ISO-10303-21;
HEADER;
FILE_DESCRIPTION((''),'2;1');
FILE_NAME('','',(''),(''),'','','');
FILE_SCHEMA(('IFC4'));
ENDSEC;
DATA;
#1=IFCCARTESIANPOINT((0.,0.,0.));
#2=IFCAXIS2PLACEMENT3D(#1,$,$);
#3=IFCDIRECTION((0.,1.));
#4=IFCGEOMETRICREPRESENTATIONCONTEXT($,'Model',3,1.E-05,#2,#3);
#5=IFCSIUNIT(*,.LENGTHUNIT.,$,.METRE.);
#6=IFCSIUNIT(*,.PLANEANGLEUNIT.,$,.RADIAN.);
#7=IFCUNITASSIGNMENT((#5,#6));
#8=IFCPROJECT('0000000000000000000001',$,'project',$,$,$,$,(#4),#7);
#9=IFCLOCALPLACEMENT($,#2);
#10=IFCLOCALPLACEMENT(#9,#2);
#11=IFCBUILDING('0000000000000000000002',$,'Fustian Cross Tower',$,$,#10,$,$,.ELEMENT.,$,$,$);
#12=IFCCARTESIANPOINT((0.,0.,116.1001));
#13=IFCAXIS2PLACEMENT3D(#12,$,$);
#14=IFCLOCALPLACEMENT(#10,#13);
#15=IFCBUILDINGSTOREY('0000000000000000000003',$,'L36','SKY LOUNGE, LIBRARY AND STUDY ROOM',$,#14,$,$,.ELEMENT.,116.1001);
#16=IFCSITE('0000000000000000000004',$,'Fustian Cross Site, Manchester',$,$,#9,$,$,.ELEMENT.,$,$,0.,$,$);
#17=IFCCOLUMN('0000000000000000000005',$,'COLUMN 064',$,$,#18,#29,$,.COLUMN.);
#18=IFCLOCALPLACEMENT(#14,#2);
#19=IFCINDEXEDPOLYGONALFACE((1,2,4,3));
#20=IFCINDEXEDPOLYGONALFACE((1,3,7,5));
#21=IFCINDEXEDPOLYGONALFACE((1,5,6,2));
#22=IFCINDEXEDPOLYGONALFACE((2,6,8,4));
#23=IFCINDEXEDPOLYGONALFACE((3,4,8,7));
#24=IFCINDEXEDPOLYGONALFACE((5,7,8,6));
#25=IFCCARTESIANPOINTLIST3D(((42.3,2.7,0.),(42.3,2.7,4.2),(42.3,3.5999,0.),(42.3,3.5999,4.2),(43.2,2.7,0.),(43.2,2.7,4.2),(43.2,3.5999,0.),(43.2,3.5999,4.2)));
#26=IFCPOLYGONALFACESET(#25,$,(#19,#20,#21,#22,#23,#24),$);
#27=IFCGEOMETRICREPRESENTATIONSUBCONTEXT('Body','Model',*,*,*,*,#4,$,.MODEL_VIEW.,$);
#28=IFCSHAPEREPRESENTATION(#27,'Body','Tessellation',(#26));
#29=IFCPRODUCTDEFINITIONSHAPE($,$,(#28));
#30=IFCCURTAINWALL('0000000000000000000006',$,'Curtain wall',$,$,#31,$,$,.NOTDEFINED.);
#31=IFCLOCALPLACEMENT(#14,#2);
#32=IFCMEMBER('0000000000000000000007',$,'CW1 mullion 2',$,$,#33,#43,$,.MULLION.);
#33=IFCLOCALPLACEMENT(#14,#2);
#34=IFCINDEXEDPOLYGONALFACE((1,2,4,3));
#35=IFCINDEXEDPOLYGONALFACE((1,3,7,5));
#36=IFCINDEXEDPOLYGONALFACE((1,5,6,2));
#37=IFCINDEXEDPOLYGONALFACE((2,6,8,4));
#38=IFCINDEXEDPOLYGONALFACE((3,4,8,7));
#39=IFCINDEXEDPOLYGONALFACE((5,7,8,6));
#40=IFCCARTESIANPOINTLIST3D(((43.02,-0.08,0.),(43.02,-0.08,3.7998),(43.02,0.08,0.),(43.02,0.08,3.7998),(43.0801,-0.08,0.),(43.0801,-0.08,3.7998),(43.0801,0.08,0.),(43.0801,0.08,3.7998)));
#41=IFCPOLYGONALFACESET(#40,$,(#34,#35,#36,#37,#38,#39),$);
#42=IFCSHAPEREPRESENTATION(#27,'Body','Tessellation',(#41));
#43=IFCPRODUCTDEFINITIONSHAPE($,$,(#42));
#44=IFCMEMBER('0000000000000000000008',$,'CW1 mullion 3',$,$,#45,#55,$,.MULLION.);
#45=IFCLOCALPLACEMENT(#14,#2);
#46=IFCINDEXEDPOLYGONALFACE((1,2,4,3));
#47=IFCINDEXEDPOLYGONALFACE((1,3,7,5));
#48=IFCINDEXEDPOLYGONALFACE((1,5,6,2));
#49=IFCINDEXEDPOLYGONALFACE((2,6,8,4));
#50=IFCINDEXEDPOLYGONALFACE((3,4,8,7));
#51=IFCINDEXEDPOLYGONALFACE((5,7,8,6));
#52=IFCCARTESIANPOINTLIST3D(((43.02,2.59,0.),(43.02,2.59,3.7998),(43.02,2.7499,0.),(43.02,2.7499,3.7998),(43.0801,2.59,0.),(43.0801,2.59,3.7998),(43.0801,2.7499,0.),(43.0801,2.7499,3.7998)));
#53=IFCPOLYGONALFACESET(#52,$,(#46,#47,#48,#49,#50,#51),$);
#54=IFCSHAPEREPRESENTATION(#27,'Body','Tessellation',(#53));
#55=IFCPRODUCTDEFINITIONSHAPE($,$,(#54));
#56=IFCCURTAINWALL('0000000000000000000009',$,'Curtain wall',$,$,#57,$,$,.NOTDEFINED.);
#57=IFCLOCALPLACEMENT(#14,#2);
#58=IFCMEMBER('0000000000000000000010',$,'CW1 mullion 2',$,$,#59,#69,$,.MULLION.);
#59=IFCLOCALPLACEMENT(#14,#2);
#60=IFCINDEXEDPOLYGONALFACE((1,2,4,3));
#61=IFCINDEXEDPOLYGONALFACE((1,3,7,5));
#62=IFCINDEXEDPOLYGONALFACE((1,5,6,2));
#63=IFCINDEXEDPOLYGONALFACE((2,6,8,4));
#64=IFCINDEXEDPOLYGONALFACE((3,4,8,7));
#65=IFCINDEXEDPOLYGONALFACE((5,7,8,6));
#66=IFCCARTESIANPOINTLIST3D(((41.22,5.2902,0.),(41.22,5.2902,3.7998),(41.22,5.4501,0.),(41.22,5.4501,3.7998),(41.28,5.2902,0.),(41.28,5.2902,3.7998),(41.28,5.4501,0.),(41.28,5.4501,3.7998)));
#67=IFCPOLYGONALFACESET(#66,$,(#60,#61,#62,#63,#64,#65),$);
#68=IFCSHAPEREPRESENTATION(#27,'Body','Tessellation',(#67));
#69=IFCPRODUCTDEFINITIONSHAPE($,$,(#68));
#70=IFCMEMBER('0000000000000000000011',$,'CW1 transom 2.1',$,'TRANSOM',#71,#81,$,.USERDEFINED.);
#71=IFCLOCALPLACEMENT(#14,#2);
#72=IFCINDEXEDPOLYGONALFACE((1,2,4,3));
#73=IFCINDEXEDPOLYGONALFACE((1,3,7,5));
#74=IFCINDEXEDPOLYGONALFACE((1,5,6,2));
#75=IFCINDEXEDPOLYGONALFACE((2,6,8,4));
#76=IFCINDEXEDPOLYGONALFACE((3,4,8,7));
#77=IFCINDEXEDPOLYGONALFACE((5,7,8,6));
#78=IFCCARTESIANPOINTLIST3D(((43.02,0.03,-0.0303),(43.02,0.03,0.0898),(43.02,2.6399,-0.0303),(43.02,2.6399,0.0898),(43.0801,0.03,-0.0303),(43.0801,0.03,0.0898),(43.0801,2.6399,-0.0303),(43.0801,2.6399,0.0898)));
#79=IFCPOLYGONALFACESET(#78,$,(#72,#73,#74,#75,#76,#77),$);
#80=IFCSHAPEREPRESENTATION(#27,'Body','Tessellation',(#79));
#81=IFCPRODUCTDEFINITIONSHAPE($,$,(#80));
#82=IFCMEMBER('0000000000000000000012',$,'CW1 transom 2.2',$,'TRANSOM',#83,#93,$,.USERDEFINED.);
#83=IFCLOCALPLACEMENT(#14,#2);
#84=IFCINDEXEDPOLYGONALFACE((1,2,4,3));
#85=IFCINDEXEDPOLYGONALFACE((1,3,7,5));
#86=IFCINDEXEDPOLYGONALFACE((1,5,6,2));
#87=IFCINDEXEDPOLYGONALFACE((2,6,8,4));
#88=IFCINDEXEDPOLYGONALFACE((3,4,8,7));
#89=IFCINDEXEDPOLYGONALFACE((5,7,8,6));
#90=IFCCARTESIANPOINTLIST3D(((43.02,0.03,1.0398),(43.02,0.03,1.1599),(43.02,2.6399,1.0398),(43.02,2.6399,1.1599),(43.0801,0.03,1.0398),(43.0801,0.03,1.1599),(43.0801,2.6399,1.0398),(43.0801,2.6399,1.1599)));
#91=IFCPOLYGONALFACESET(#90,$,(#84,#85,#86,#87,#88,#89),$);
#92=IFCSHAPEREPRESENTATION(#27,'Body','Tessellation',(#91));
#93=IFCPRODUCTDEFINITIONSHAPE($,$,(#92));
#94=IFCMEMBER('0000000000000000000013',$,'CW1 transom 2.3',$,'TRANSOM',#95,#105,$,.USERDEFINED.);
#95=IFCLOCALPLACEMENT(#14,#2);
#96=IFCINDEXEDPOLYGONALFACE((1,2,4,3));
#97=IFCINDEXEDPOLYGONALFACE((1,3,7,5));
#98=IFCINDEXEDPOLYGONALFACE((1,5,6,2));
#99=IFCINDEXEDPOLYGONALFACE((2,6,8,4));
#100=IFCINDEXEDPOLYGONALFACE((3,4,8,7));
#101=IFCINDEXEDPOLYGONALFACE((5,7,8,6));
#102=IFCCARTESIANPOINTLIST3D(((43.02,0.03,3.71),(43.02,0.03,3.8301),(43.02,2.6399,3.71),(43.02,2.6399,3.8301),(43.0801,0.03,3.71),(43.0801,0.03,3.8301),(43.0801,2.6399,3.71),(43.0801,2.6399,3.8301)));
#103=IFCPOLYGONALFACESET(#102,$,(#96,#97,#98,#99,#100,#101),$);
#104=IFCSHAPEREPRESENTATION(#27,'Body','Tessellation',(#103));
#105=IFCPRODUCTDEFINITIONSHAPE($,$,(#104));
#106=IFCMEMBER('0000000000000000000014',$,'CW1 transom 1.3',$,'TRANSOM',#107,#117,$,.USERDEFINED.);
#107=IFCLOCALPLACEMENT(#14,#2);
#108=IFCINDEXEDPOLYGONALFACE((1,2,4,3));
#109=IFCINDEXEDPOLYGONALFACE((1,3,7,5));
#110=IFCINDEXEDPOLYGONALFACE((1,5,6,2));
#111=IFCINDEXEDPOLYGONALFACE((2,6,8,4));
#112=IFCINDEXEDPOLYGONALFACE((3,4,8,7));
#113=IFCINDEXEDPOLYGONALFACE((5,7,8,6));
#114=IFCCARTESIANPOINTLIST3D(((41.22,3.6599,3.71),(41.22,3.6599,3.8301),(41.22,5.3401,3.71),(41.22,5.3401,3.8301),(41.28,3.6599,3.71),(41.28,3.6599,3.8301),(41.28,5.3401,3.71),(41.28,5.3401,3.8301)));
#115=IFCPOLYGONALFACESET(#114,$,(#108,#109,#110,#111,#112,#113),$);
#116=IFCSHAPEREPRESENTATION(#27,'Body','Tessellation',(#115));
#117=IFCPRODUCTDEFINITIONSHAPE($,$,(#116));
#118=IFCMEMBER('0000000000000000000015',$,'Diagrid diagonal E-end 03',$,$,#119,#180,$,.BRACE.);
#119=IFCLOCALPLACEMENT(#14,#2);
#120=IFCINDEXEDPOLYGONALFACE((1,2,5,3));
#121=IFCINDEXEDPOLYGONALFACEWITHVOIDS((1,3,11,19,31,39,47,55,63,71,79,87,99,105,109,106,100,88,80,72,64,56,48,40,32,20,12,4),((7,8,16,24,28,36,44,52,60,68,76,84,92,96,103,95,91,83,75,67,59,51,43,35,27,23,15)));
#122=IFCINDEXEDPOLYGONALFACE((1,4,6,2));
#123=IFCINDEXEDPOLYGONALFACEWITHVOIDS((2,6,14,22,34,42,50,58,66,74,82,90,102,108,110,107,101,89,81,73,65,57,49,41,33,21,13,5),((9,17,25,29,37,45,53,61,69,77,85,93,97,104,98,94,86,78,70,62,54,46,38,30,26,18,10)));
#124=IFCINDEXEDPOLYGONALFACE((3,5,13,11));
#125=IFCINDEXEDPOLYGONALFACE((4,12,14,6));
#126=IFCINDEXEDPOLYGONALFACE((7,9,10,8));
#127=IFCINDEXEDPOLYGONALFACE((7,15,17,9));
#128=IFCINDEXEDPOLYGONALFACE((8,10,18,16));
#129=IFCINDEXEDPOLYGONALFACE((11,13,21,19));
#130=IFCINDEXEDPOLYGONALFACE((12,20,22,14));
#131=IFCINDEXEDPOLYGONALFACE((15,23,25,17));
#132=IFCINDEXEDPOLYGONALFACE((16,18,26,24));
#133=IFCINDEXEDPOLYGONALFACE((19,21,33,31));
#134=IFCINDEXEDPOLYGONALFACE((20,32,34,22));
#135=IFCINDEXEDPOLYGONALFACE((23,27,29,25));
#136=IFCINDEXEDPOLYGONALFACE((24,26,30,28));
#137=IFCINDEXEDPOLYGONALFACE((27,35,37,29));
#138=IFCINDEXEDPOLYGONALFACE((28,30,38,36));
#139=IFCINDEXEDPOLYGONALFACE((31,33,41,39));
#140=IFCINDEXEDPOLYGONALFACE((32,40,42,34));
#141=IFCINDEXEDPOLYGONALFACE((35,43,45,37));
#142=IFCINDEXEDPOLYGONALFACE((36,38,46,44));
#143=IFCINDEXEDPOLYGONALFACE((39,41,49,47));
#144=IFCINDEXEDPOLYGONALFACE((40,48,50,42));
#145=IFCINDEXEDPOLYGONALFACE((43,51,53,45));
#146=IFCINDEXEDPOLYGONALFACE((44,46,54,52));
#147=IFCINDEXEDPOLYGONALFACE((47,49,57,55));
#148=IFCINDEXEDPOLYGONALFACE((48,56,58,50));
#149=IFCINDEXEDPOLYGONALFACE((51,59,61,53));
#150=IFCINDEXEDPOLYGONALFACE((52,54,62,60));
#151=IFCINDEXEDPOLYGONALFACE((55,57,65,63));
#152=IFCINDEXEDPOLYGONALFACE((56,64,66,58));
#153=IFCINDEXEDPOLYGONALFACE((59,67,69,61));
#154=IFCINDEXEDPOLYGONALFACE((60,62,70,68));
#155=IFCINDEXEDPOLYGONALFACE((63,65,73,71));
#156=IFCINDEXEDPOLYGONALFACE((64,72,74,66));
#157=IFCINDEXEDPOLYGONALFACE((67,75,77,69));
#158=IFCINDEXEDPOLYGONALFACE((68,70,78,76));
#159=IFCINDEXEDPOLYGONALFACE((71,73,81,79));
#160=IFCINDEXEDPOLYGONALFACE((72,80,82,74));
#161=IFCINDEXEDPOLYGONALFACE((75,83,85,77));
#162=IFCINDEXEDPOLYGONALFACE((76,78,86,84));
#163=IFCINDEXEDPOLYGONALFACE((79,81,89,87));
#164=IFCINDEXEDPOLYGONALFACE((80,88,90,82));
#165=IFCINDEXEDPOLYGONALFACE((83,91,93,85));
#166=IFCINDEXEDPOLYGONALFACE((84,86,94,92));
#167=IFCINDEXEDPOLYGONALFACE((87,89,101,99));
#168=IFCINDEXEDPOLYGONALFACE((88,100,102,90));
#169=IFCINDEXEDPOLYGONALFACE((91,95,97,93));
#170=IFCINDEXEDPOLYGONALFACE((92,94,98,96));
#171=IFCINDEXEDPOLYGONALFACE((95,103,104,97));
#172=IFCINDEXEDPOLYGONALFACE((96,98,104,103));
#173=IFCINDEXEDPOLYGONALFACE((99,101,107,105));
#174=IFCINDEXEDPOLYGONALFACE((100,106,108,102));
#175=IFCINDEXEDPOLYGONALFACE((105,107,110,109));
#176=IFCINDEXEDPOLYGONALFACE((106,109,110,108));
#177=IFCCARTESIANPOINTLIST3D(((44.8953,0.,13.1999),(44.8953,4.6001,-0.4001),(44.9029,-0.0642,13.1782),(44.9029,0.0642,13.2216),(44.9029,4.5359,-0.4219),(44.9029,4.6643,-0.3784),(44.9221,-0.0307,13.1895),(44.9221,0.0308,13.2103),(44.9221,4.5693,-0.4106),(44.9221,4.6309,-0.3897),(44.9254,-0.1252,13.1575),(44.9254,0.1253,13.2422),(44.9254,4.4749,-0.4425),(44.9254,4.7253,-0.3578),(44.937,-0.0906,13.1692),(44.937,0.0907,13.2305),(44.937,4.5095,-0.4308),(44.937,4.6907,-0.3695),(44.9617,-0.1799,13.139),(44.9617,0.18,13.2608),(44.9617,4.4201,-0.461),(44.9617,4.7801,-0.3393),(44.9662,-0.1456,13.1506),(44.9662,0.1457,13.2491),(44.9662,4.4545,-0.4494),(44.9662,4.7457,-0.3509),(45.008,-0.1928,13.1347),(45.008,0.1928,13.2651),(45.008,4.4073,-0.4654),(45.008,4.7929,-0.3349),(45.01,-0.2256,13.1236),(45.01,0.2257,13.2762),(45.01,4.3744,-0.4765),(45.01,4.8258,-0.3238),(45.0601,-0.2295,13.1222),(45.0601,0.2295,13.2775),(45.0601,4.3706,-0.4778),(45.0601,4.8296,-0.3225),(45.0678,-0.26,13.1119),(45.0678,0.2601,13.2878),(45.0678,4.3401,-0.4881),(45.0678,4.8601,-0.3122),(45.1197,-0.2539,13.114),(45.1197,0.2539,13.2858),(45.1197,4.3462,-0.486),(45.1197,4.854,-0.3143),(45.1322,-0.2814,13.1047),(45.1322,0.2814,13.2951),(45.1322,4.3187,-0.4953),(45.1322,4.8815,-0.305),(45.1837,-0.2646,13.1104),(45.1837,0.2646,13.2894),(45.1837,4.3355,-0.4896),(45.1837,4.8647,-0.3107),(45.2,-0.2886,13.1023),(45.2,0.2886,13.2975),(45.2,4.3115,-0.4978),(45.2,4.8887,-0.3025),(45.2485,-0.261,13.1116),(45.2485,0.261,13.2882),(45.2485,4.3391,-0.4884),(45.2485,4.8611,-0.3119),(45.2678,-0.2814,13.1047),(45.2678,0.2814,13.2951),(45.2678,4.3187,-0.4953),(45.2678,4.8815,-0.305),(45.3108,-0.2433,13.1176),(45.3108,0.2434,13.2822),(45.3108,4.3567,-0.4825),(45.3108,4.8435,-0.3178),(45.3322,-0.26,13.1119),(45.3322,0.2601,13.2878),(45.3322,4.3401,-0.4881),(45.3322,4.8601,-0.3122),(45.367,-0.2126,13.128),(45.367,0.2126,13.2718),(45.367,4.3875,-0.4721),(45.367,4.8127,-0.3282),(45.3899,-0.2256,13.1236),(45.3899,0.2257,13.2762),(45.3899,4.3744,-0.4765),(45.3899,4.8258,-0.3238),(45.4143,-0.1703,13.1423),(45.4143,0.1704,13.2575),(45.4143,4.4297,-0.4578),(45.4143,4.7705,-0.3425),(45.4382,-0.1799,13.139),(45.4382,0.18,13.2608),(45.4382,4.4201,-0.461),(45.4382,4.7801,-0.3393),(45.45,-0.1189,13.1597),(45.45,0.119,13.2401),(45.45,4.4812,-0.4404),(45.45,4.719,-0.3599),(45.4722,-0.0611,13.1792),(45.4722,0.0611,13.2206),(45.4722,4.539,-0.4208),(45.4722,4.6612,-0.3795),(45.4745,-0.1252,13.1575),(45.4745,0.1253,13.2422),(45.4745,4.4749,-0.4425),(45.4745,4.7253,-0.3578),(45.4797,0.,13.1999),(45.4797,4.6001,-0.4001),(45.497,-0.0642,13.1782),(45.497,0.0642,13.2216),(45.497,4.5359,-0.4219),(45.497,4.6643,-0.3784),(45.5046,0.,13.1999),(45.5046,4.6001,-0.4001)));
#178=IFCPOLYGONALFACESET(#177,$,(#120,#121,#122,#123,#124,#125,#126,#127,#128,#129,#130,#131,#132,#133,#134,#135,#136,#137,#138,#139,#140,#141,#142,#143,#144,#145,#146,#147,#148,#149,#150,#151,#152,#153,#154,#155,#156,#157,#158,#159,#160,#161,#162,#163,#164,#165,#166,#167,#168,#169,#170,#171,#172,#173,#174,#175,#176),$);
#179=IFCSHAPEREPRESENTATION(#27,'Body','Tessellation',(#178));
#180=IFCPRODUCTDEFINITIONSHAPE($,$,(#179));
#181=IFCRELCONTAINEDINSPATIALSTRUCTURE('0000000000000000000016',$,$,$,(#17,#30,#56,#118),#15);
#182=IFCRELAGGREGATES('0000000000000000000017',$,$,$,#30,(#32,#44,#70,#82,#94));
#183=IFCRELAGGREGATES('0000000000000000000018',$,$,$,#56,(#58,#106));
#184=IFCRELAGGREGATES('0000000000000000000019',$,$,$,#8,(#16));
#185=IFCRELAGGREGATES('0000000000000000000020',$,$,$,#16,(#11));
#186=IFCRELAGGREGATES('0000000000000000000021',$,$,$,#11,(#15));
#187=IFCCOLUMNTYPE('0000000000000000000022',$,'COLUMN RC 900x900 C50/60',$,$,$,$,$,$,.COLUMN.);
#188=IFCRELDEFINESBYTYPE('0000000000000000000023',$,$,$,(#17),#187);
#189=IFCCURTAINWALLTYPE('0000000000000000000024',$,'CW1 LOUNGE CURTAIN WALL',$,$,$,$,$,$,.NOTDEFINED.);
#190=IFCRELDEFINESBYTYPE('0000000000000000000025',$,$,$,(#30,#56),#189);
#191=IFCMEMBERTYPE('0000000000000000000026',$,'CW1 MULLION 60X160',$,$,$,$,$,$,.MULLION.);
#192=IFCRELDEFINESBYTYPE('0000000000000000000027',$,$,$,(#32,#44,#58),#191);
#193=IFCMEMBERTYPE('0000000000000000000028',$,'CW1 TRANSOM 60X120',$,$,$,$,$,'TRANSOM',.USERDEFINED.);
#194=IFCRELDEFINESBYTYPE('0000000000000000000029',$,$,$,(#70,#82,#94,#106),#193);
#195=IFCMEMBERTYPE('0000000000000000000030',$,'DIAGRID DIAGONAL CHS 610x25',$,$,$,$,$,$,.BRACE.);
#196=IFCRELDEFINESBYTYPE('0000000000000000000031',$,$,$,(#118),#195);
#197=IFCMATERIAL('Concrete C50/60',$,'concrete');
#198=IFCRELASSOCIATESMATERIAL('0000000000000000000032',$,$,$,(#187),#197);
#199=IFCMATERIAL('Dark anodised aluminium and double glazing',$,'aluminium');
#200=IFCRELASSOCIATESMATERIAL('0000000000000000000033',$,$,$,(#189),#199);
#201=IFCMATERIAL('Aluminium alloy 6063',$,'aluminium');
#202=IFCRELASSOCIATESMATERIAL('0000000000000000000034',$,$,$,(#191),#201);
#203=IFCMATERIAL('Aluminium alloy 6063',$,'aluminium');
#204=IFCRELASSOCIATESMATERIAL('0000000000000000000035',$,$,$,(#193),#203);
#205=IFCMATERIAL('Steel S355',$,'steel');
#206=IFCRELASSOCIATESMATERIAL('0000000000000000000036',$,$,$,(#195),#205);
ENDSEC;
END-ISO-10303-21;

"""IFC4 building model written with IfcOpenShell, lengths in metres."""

from ifc_helpers import new_model, si_unit, direction, frame, origin, origin_2d, place, context, subcontext, project, spatial, rectangle, hollow_circle, extrude, material, material_profile, profile_set, type_object, element, aggregate, save


model = new_model("IFC4")

# Units and contexts
model_context = context("Model", 3, precision=1e-05, world=origin(), true_north=direction((0.0, 1.0)))
body_context = subcontext(model_context, "Body", "Model", "MODEL_VIEW")
ifc_project = project(units=[si_unit("LENGTHUNIT", "METRE"), si_unit("PLANEANGLEUNIT", "RADIAN")], contexts=[model_context])

# Site, building, storey
site_placement = place(None, origin())
site = spatial("IfcSite", under=ifc_project, at=site_placement, Name="Fustian Cross Site, Manchester", CompositionType="ELEMENT", RefElevation=0.0)
building_placement = place(site_placement, origin())
building = spatial("IfcBuilding", under=site, at=building_placement, Name="Fustian Cross Tower", CompositionType="ELEMENT")
storey_placement = place(building_placement, frame((0.0, 0.0, 116.1001)))
storey = spatial("IfcBuildingStorey", under=building, at=storey_placement, Name="L36", Description="SKY LOUNGE, LIBRARY AND STUDY ROOM", CompositionType="ELEMENT", Elevation=116.1001)

# Column
ifc_material_1 = material(Name="Concrete C50/60", Category="concrete")
ifc_material_profile_1 = material_profile(ifc_material_1, rectangle(XDim=0.8999, YDim=0.8999, at=origin_2d()), Name="RC 900x900")
ifc_profile_set_1 = profile_set([ifc_material_profile_1], Name="Concrete C50/60")
column_type = type_object("IfcColumnType", Name="COLUMN RC 900x900 C50/60", PredefinedType="COLUMN", material=ifc_profile_set_1)
column_placement = place(storey_placement, frame((42.75, 3.1499, 0.0), z_axis=(0.0, 0.0, 1.0), x_axis=(1.0, 0.0, 0.0)))
element("IfcColumn", 1, at=column_placement, inside=storey, type_object=column_type, Name="COLUMN 064", PredefinedType="COLUMN", context=body_context, shape_type="SweptSolid", body=[
    extrude(rectangle(XDim=0.8999, YDim=0.8999, at=origin_2d()), origin(), (0.0, 0.0, 1.0), 4.2),
])

# Curtain wall, members
ifc_material_2 = material(Name="Dark anodised aluminium and double glazing", Category="aluminium")
curtain_wall_type = type_object("IfcCurtainWallType", Name="CW1 LOUNGE CURTAIN WALL", PredefinedType="NOTDEFINED", material=ifc_material_2)
curtain_wall_1_placement = place(storey_placement, origin())
curtain_wall_1 = element("IfcCurtainWall", 2, at=curtain_wall_1_placement, inside=storey, type_object=curtain_wall_type, Name="Curtain wall", PredefinedType="NOTDEFINED")
ifc_material_3 = material(Name="Aluminium alloy 6063", Category="aluminium")
ifc_material_profile_2 = material_profile(ifc_material_3, rectangle(XDim=0.0601, YDim=0.1599, at=origin_2d()), Name="CW1 MULLION 60X160")
ifc_profile_set_2 = profile_set([ifc_material_profile_2], Name="Aluminium alloy 6063")
member_type_1 = type_object("IfcMemberType", Name="CW1 MULLION 60X160", PredefinedType="MULLION", material=ifc_profile_set_2)
member_1_placement = place(storey_placement, frame((43.05, 0.0, 0.0), z_axis=(0.0, 0.0, 1.0), x_axis=(-1.0, 0.0, 0.0)))
member_1 = element("IfcMember", 3, at=member_1_placement, type_object=member_type_1, Name="CW1 mullion 2", PredefinedType="MULLION", context=body_context, shape_type="SweptSolid", body=[
    extrude(rectangle(XDim=0.0601, YDim=0.1599, at=origin_2d()), origin(), (0.0, 0.0, 1.0), 3.7998),
])
member_2_placement = place(storey_placement, frame((43.05, 2.6699, 0.0), z_axis=(0.0, 0.0, 1.0), x_axis=(-1.0, 0.0, 0.0)))
member_2 = element("IfcMember", 4, at=member_2_placement, type_object=member_type_1, Name="CW1 mullion 3", PredefinedType="MULLION", context=body_context, shape_type="SweptSolid", body=[
    extrude(rectangle(XDim=0.0601, YDim=0.1599, at=origin_2d()), origin(), (0.0, 0.0, 1.0), 3.7998),
])

# Curtain wall, member
curtain_wall_2_placement = place(storey_placement, origin())
curtain_wall_2 = element("IfcCurtainWall", 5, at=curtain_wall_2_placement, inside=storey, type_object=curtain_wall_type, Name="Curtain wall", PredefinedType="NOTDEFINED")
member_3_placement = place(storey_placement, frame((41.25, 5.3701, 0.0), z_axis=(0.0, 0.0, 1.0), x_axis=(-1.0, 0.0, 0.0)))
member_3 = element("IfcMember", 6, at=member_3_placement, type_object=member_type_1, Name="CW1 mullion 2", PredefinedType="MULLION", context=body_context, shape_type="SweptSolid", body=[
    extrude(rectangle(XDim=0.0601, YDim=0.1599, at=origin_2d()), origin(), (0.0, 0.0, 1.0), 3.7998),
])

# Members
ifc_material_4 = material(Name="Aluminium alloy 6063", Category="aluminium")
ifc_material_profile_3 = material_profile(ifc_material_4, rectangle(XDim=0.0601, YDim=0.1201, at=origin_2d()), Name="CW1 TRANSOM 60X120")
ifc_profile_set_3 = profile_set([ifc_material_profile_3], Name="Aluminium alloy 6063")
member_type_2 = type_object("IfcMemberType", Name="CW1 TRANSOM 60X120", ElementType="TRANSOM", PredefinedType="USERDEFINED", material=ifc_profile_set_3)
member_4_placement = place(storey_placement, frame((43.05, 0.03, 0.0298), z_axis=(0.0, 1.0, 0.0), x_axis=(-1.0, 0.0, 0.0)))
member_4 = element("IfcMember", 7, at=member_4_placement, type_object=member_type_2, Name="CW1 transom 2.1", ObjectType="TRANSOM", PredefinedType="USERDEFINED", context=body_context, shape_type="SweptSolid", body=[
    extrude(rectangle(XDim=0.0601, YDim=0.1201, at=origin_2d()), origin(), (0.0, 0.0, 1.0), 2.6099),
])
member_5_placement = place(storey_placement, frame((43.05, 0.03, 1.0999), z_axis=(0.0, 1.0, 0.0), x_axis=(-1.0, 0.0, 0.0)))
member_5 = element("IfcMember", 8, at=member_5_placement, type_object=member_type_2, Name="CW1 transom 2.2", ObjectType="TRANSOM", PredefinedType="USERDEFINED", context=body_context, shape_type="SweptSolid", body=[
    extrude(rectangle(XDim=0.0601, YDim=0.1201, at=origin_2d()), origin(), (0.0, 0.0, 1.0), 2.6099),
])
member_6_placement = place(storey_placement, frame((43.05, 0.03, 3.77), z_axis=(0.0, 1.0, 0.0), x_axis=(-1.0, 0.0, 0.0)))
member_6 = element("IfcMember", 9, at=member_6_placement, type_object=member_type_2, Name="CW1 transom 2.3", ObjectType="TRANSOM", PredefinedType="USERDEFINED", context=body_context, shape_type="SweptSolid", body=[
    extrude(rectangle(XDim=0.0601, YDim=0.1201, at=origin_2d()), origin(), (0.0, 0.0, 1.0), 2.6099),
])
member_7_placement = place(storey_placement, frame((41.25, 3.6599, 3.77), z_axis=(0.0, 1.0, 0.0), x_axis=(-1.0, 0.0, 0.0)))
member_7 = element("IfcMember", 10, at=member_7_placement, type_object=member_type_2, Name="CW1 transom 1.3", ObjectType="TRANSOM", PredefinedType="USERDEFINED", context=body_context, shape_type="SweptSolid", body=[
    extrude(rectangle(XDim=0.0601, YDim=0.1201, at=origin_2d()), origin(), (0.0, 0.0, 1.0), 1.6802),
])

# Member
ifc_material_5 = material(Name="Steel S355", Category="steel")
ifc_material_profile_4 = material_profile(ifc_material_5, hollow_circle(Radius=0.3047, WallThickness=0.0249, at=origin_2d()), Name="CHS 610x25")
ifc_profile_set_4 = profile_set([ifc_material_profile_4], Name="Steel S355")
member_type_3 = type_object("IfcMemberType", Name="DIAGRID DIAGONAL CHS 610x25", PredefinedType="BRACE", material=ifc_profile_set_4)
member_8_placement = place(storey_placement, frame((45.2, 4.6001, -0.4001), z_axis=(0.0, -0.320408, 0.94728), x_axis=(1.0, 0.0, 0.0)))
element("IfcMember", 11, at=member_8_placement, inside=storey, type_object=member_type_3, Name="Diagrid diagonal E-end 03", PredefinedType="BRACE", context=body_context, shape_type="SweptSolid", body=[
    extrude(hollow_circle(Radius=0.3047, WallThickness=0.0249, at=origin_2d()), origin(), (0.0, 0.0, 1.0), 14.3569),
])

aggregate(curtain_wall_1, [member_1, member_2, member_4, member_5, member_6])
aggregate(curtain_wall_2, [member_3, member_7])

save(model, "model.ifc")
